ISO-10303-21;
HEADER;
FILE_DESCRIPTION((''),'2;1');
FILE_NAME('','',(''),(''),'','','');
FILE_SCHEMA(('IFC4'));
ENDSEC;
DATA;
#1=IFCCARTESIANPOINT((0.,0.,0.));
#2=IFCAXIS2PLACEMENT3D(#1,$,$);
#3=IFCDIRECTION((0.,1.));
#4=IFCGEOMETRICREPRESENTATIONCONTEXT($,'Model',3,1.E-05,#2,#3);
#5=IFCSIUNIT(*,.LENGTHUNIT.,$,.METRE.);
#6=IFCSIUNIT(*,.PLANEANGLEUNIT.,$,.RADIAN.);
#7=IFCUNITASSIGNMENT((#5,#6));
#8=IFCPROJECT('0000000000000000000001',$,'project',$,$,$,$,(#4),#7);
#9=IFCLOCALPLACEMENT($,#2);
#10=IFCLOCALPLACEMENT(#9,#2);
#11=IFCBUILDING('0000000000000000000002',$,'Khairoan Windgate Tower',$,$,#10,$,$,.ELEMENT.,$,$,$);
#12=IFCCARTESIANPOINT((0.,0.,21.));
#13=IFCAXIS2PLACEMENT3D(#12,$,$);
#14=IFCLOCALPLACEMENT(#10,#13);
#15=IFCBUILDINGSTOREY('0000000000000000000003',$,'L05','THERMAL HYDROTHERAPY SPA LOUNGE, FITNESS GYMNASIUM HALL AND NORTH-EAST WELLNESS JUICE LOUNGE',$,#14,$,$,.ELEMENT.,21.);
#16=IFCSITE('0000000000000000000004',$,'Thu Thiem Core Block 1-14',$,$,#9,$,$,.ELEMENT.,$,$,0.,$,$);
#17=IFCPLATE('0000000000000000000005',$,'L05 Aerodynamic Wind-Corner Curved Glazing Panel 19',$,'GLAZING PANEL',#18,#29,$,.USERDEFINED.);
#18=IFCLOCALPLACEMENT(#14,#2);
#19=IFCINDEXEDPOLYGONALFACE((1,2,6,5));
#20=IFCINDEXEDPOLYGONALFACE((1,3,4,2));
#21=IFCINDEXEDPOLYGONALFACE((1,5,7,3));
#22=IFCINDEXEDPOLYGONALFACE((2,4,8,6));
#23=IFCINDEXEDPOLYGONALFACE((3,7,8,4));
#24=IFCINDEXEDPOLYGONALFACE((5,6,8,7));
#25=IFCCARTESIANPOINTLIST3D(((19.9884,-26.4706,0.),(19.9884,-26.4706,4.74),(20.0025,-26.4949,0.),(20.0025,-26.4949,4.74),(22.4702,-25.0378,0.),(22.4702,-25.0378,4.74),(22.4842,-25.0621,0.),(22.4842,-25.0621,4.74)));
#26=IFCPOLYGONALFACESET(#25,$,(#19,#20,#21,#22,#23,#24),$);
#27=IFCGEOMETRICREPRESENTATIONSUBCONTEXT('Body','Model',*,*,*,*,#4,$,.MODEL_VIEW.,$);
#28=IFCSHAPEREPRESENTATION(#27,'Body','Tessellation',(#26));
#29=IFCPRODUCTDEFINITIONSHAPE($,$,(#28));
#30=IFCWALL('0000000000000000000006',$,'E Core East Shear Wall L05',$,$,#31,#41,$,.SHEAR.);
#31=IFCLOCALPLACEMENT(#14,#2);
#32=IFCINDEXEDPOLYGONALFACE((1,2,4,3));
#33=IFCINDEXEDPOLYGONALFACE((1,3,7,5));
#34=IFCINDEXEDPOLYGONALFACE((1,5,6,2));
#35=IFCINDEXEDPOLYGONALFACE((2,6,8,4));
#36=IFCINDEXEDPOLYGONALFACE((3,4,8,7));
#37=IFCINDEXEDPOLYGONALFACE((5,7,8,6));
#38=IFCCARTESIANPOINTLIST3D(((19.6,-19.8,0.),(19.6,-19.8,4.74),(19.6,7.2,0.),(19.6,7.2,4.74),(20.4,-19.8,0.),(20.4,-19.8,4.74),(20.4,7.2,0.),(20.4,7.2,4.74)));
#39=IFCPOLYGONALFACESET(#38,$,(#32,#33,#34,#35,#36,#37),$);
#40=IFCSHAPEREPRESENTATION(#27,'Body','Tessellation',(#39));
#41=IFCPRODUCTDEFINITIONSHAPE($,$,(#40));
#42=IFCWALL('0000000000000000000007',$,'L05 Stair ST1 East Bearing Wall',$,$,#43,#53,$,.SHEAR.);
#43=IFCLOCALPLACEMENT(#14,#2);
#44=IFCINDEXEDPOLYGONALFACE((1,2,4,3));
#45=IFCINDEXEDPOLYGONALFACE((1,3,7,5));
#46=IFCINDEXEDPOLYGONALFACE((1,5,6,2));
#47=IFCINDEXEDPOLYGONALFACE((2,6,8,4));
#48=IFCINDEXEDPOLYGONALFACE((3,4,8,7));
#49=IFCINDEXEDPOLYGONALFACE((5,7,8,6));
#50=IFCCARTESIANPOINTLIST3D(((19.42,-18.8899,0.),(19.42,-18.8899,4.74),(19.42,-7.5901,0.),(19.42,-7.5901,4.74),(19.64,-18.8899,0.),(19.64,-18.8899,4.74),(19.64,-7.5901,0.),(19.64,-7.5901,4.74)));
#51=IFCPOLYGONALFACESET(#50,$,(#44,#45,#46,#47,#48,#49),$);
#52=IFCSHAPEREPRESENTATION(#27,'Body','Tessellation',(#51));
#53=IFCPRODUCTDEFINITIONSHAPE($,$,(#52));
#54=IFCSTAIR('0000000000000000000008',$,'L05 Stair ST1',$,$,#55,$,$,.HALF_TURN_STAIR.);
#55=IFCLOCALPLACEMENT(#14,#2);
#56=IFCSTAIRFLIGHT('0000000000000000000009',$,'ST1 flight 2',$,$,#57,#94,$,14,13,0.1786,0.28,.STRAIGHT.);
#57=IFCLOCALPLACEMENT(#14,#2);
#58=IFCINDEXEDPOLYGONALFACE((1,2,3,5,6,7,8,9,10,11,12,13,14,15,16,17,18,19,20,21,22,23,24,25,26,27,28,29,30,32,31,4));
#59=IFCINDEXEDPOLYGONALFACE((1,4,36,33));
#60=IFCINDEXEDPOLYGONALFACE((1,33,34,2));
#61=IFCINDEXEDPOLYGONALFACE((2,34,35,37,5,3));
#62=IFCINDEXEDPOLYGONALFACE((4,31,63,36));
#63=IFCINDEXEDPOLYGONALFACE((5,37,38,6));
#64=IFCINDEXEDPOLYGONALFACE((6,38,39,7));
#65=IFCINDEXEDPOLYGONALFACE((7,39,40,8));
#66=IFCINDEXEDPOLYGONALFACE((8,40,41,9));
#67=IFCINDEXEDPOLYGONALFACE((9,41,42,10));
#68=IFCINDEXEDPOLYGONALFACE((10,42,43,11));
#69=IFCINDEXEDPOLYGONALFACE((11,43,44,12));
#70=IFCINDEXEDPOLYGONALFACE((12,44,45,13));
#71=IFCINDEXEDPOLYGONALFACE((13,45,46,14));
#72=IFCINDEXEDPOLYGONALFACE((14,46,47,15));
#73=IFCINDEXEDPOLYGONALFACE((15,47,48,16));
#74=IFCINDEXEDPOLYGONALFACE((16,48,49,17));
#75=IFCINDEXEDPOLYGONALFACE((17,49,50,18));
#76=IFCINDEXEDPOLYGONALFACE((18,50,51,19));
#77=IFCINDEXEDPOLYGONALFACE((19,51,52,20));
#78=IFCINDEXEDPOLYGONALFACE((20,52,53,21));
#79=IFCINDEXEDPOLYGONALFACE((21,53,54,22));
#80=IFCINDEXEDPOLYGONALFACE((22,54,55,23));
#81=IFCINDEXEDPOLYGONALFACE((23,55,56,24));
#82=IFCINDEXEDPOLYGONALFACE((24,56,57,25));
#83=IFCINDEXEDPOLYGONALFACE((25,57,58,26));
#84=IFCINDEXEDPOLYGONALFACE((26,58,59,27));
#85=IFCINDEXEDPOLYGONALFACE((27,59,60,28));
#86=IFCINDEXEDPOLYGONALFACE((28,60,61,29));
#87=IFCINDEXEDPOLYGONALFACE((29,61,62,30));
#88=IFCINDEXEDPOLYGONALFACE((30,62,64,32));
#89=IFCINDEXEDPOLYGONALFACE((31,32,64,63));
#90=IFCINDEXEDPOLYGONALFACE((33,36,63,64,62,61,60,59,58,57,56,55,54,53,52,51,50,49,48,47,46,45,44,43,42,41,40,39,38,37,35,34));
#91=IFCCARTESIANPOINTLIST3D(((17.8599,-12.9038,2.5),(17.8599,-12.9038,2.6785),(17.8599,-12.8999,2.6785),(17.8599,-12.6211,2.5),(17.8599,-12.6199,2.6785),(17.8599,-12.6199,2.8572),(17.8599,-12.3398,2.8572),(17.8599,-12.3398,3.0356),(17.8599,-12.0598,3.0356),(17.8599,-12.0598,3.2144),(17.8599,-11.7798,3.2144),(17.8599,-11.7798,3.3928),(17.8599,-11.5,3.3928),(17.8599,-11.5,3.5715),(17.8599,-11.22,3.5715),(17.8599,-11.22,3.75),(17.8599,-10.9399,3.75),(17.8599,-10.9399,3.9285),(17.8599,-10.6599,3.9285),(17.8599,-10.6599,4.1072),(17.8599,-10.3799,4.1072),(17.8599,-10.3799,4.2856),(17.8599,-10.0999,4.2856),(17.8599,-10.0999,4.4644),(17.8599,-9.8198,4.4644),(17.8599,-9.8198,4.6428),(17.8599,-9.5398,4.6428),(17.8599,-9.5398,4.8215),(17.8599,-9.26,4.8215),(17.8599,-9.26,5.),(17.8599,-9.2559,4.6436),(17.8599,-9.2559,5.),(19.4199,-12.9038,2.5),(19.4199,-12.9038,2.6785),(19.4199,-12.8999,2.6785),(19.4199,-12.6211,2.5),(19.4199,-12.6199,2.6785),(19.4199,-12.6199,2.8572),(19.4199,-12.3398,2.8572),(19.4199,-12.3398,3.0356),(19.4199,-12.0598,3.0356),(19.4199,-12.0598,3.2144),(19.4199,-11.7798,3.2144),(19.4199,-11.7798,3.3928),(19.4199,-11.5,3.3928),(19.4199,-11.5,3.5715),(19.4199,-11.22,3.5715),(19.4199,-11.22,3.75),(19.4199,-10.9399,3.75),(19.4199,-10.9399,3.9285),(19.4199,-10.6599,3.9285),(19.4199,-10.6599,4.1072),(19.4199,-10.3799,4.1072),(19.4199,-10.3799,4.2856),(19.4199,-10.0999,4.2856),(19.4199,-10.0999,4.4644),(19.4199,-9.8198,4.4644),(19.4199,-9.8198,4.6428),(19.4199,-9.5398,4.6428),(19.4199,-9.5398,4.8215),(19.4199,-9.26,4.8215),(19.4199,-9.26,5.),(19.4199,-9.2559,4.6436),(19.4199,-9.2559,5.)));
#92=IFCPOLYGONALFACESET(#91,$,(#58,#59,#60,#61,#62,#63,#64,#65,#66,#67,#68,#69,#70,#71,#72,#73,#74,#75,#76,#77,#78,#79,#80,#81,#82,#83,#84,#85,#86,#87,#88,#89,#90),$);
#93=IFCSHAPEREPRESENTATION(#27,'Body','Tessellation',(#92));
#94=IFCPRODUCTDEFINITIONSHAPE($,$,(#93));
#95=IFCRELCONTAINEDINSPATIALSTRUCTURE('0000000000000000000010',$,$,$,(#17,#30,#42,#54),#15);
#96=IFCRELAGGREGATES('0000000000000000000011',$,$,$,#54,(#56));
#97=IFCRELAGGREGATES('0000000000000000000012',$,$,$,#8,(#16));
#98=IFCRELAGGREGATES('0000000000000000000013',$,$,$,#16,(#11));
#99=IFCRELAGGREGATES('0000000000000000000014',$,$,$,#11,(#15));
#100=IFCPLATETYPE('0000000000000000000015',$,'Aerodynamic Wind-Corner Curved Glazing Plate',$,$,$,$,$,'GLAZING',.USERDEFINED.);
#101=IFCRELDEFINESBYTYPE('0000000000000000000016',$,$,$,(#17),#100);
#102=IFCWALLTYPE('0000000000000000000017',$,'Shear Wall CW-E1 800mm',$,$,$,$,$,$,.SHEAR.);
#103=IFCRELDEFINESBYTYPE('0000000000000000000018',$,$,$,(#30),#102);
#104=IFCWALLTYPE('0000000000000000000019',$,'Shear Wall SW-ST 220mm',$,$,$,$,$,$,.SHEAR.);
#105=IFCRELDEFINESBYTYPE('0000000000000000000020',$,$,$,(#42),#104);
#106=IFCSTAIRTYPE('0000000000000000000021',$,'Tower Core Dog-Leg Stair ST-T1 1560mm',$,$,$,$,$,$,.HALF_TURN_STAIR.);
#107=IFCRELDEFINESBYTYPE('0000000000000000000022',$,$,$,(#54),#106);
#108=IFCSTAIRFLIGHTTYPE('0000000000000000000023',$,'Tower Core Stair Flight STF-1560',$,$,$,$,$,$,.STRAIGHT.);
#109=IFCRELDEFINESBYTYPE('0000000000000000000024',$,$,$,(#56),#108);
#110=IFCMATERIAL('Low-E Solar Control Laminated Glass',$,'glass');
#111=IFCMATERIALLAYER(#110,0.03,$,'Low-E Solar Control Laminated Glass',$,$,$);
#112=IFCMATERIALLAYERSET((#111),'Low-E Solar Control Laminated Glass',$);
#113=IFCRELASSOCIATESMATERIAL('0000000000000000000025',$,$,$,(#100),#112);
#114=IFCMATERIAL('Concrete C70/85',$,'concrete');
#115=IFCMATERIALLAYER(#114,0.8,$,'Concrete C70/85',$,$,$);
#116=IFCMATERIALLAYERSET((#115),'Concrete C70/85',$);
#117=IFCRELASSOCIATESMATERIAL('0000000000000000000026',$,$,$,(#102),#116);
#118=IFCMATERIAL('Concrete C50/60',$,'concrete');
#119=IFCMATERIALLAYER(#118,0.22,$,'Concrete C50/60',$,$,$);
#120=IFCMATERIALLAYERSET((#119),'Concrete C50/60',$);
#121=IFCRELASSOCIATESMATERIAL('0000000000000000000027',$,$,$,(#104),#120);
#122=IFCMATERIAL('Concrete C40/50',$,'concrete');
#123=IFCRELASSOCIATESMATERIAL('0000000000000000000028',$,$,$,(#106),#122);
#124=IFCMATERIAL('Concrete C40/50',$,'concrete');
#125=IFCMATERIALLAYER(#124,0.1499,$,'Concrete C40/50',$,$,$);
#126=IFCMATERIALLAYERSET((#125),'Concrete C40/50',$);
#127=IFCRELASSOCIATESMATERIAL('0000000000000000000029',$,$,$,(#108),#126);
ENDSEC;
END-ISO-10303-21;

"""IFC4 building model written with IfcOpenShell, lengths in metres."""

from ifc_helpers import new_model, si_unit, direction, frame, frame_2d, origin, origin_2d, place, context, subcontext, project, spatial, polyline, rectangle, outline, extrude, material, layer, layer_set, type_object, element, aggregate, save


model = new_model("IFC4")

# Units and contexts
model_context = context("Model", 3, precision=1e-05, world=origin(), true_north=direction((0.0, 1.0)))
body_context = subcontext(model_context, "Body", "Model", "MODEL_VIEW")
ifc_project = project(units=[si_unit("LENGTHUNIT", "METRE"), si_unit("PLANEANGLEUNIT", "RADIAN")], contexts=[model_context])

# Site, building, storey
site_placement = place(None, origin())
site = spatial("IfcSite", under=ifc_project, at=site_placement, Name="Thu Thiem Core Block 1-14", CompositionType="ELEMENT", RefElevation=0.0)
building_placement = place(site_placement, origin())
building = spatial("IfcBuilding", under=site, at=building_placement, Name="Khairoan Windgate Tower", CompositionType="ELEMENT")
storey_placement = place(building_placement, frame((0.0, 0.0, 21.0)))
storey = spatial("IfcBuildingStorey", under=building, at=storey_placement, Name="L05", Description="THERMAL HYDROTHERAPY SPA LOUNGE, FITNESS GYMNASIUM HALL AND NORTH-EAST WELLNESS JUICE LOUNGE", CompositionType="ELEMENT", Elevation=21.0)

# Plate
ifc_material_1 = material(Name="Low-E Solar Control Laminated Glass", Category="glass")
ifc_layer_1 = layer(ifc_material_1, 0.03, Name="Low-E Solar Control Laminated Glass")
ifc_layer_set_1 = layer_set([ifc_layer_1], Name="Low-E Solar Control Laminated Glass")
plate_type_1 = type_object("IfcPlateType", Name="Aerodynamic Wind-Corner Curved Glazing Plate", ElementType="GLAZING", PredefinedType="USERDEFINED", material=ifc_layer_set_1)
plate_1_placement = place(storey_placement, frame((21.2363, -25.7664, 0.0), z_axis=(0.0, 0.0, 1.0), x_axis=(-0.866025, -0.5, 0.0)))
element("IfcPlate", 1, at=plate_1_placement, inside=storey, type_object=plate_type_1, Name="L05 Aerodynamic Wind-Corner Curved Glazing Panel 19", ObjectType="GLAZING PANEL", PredefinedType="USERDEFINED", context=body_context, shape_type="SweptSolid", body=[
    extrude(rectangle(XDim=2.8657, YDim=0.0281, at=origin_2d()), origin(), (0.0, 0.0, 1.0), 4.74),
])

# Walls
ifc_material_2 = material(Name="Concrete C70/85", Category="concrete")
ifc_layer_2 = layer(ifc_material_2, 0.8, Name="Concrete C70/85")
ifc_layer_set_2 = layer_set([ifc_layer_2], Name="Concrete C70/85")
wall_type_1 = type_object("IfcWallType", Name="Shear Wall CW-E1 800mm", PredefinedType="SHEAR", material=ifc_layer_set_2)
wall_1_placement = place(storey_placement, frame((20.0, -19.8, 0.0), z_axis=(0.0, 0.0, 1.0), x_axis=(0.0, 1.0, 0.0)))
element("IfcWall", 2, at=wall_1_placement, inside=storey, type_object=wall_type_1, Name="E Core East Shear Wall L05", PredefinedType="SHEAR", context=body_context, shape_type="SweptSolid", body=[
    extrude(rectangle(XDim=27.0, YDim=0.8, at=frame_2d((13.5, 0.0))), origin(), (0.0, 0.0, 1.0), 4.74),
])
ifc_material_3 = material(Name="Concrete C50/60", Category="concrete")
ifc_layer_3 = layer(ifc_material_3, 0.22, Name="Concrete C50/60")
ifc_layer_set_3 = layer_set([ifc_layer_3], Name="Concrete C50/60")
wall_type_2 = type_object("IfcWallType", Name="Shear Wall SW-ST 220mm", PredefinedType="SHEAR", material=ifc_layer_set_3)
wall_2_placement = place(storey_placement, frame((19.53, -18.8899, 0.0), z_axis=(0.0, 0.0, 1.0), x_axis=(0.0, 1.0, 0.0)))
element("IfcWall", 3, at=wall_2_placement, inside=storey, type_object=wall_type_2, Name="L05 Stair ST1 East Bearing Wall", PredefinedType="SHEAR", context=body_context, shape_type="SweptSolid", body=[
    extrude(rectangle(XDim=11.2998, YDim=0.22, at=frame_2d((5.6499, 0.0))), origin(), (0.0, 0.0, 1.0), 4.74),
])

# Stair, stair flight
ifc_material_4 = material(Name="Concrete C40/50", Category="concrete")
stair_type = type_object("IfcStairType", Name="Tower Core Dog-Leg Stair ST-T1 1560mm", PredefinedType="HALF_TURN_STAIR", material=ifc_material_4)
stair_placement = place(storey_placement, origin())
stair = element("IfcStair", 4, at=stair_placement, inside=storey, type_object=stair_type, Name="L05 Stair ST1", PredefinedType="HALF_TURN_STAIR")
ifc_material_5 = material(Name="Concrete C40/50", Category="concrete")
ifc_layer_4 = layer(ifc_material_5, 0.1499, Name="Concrete C40/50")
ifc_layer_set_4 = layer_set([ifc_layer_4], Name="Concrete C40/50")
stair_flight_type = type_object("IfcStairFlightType", Name="Tower Core Stair Flight STF-1560", PredefinedType="STRAIGHT", material=ifc_layer_set_4)
stair_flight_placement = place(storey_placement, frame((18.6399, -12.8999, 2.5), z_axis=(0.0, 0.0, 1.0), x_axis=(0.0, 1.0, 0.0)))
stair_flight = element("IfcStairFlight", 5, at=stair_flight_placement, type_object=stair_flight_type, Name="ST1 flight 2", NumberOfRisers=14, NumberOfTreads=13, PredefinedType="STRAIGHT", RiserHeight=0.1786, TreadLength=0.28, context=body_context, shape_type="SweptSolid", body=[
    extrude(outline(polyline([(-0.0039, 0.0), (-0.0039, 0.1785), (0.0, 0.1785), (0.28, 0.1785), (0.28, 0.3572), (0.5601, 0.3572), (0.5601, 0.5356), (0.8401, 0.5356), (0.8401, 0.7144), (1.1201, 0.7144), (1.1201, 0.8928), (1.3999, 0.8928), (1.3999, 1.0715), (1.6799, 1.0715), (1.6799, 1.25), (1.96, 1.25), (1.96, 1.4285), (2.24, 1.4285), (2.24, 1.6072), (2.52, 1.6072), (2.52, 1.7856), (2.8, 1.7856), (2.8, 1.9644), (3.0801, 1.9644), (3.0801, 2.1428), (3.3601, 2.1428), (3.3601, 2.3215), (3.6399, 2.3215), (3.6399, 2.5), (3.644, 2.5), (3.644, 2.1436), (0.2788, 0.0), (-0.0039, 0.0)])), frame((0.0, 0.78, 0.0), z_axis=(0.0, -1.0, 0.0), x_axis=(1.0, 0.0, 0.0)), (0.0, 0.0, 1.0), 1.5601),
])
aggregate(stair, [stair_flight])

save(model, "model.ifc")
